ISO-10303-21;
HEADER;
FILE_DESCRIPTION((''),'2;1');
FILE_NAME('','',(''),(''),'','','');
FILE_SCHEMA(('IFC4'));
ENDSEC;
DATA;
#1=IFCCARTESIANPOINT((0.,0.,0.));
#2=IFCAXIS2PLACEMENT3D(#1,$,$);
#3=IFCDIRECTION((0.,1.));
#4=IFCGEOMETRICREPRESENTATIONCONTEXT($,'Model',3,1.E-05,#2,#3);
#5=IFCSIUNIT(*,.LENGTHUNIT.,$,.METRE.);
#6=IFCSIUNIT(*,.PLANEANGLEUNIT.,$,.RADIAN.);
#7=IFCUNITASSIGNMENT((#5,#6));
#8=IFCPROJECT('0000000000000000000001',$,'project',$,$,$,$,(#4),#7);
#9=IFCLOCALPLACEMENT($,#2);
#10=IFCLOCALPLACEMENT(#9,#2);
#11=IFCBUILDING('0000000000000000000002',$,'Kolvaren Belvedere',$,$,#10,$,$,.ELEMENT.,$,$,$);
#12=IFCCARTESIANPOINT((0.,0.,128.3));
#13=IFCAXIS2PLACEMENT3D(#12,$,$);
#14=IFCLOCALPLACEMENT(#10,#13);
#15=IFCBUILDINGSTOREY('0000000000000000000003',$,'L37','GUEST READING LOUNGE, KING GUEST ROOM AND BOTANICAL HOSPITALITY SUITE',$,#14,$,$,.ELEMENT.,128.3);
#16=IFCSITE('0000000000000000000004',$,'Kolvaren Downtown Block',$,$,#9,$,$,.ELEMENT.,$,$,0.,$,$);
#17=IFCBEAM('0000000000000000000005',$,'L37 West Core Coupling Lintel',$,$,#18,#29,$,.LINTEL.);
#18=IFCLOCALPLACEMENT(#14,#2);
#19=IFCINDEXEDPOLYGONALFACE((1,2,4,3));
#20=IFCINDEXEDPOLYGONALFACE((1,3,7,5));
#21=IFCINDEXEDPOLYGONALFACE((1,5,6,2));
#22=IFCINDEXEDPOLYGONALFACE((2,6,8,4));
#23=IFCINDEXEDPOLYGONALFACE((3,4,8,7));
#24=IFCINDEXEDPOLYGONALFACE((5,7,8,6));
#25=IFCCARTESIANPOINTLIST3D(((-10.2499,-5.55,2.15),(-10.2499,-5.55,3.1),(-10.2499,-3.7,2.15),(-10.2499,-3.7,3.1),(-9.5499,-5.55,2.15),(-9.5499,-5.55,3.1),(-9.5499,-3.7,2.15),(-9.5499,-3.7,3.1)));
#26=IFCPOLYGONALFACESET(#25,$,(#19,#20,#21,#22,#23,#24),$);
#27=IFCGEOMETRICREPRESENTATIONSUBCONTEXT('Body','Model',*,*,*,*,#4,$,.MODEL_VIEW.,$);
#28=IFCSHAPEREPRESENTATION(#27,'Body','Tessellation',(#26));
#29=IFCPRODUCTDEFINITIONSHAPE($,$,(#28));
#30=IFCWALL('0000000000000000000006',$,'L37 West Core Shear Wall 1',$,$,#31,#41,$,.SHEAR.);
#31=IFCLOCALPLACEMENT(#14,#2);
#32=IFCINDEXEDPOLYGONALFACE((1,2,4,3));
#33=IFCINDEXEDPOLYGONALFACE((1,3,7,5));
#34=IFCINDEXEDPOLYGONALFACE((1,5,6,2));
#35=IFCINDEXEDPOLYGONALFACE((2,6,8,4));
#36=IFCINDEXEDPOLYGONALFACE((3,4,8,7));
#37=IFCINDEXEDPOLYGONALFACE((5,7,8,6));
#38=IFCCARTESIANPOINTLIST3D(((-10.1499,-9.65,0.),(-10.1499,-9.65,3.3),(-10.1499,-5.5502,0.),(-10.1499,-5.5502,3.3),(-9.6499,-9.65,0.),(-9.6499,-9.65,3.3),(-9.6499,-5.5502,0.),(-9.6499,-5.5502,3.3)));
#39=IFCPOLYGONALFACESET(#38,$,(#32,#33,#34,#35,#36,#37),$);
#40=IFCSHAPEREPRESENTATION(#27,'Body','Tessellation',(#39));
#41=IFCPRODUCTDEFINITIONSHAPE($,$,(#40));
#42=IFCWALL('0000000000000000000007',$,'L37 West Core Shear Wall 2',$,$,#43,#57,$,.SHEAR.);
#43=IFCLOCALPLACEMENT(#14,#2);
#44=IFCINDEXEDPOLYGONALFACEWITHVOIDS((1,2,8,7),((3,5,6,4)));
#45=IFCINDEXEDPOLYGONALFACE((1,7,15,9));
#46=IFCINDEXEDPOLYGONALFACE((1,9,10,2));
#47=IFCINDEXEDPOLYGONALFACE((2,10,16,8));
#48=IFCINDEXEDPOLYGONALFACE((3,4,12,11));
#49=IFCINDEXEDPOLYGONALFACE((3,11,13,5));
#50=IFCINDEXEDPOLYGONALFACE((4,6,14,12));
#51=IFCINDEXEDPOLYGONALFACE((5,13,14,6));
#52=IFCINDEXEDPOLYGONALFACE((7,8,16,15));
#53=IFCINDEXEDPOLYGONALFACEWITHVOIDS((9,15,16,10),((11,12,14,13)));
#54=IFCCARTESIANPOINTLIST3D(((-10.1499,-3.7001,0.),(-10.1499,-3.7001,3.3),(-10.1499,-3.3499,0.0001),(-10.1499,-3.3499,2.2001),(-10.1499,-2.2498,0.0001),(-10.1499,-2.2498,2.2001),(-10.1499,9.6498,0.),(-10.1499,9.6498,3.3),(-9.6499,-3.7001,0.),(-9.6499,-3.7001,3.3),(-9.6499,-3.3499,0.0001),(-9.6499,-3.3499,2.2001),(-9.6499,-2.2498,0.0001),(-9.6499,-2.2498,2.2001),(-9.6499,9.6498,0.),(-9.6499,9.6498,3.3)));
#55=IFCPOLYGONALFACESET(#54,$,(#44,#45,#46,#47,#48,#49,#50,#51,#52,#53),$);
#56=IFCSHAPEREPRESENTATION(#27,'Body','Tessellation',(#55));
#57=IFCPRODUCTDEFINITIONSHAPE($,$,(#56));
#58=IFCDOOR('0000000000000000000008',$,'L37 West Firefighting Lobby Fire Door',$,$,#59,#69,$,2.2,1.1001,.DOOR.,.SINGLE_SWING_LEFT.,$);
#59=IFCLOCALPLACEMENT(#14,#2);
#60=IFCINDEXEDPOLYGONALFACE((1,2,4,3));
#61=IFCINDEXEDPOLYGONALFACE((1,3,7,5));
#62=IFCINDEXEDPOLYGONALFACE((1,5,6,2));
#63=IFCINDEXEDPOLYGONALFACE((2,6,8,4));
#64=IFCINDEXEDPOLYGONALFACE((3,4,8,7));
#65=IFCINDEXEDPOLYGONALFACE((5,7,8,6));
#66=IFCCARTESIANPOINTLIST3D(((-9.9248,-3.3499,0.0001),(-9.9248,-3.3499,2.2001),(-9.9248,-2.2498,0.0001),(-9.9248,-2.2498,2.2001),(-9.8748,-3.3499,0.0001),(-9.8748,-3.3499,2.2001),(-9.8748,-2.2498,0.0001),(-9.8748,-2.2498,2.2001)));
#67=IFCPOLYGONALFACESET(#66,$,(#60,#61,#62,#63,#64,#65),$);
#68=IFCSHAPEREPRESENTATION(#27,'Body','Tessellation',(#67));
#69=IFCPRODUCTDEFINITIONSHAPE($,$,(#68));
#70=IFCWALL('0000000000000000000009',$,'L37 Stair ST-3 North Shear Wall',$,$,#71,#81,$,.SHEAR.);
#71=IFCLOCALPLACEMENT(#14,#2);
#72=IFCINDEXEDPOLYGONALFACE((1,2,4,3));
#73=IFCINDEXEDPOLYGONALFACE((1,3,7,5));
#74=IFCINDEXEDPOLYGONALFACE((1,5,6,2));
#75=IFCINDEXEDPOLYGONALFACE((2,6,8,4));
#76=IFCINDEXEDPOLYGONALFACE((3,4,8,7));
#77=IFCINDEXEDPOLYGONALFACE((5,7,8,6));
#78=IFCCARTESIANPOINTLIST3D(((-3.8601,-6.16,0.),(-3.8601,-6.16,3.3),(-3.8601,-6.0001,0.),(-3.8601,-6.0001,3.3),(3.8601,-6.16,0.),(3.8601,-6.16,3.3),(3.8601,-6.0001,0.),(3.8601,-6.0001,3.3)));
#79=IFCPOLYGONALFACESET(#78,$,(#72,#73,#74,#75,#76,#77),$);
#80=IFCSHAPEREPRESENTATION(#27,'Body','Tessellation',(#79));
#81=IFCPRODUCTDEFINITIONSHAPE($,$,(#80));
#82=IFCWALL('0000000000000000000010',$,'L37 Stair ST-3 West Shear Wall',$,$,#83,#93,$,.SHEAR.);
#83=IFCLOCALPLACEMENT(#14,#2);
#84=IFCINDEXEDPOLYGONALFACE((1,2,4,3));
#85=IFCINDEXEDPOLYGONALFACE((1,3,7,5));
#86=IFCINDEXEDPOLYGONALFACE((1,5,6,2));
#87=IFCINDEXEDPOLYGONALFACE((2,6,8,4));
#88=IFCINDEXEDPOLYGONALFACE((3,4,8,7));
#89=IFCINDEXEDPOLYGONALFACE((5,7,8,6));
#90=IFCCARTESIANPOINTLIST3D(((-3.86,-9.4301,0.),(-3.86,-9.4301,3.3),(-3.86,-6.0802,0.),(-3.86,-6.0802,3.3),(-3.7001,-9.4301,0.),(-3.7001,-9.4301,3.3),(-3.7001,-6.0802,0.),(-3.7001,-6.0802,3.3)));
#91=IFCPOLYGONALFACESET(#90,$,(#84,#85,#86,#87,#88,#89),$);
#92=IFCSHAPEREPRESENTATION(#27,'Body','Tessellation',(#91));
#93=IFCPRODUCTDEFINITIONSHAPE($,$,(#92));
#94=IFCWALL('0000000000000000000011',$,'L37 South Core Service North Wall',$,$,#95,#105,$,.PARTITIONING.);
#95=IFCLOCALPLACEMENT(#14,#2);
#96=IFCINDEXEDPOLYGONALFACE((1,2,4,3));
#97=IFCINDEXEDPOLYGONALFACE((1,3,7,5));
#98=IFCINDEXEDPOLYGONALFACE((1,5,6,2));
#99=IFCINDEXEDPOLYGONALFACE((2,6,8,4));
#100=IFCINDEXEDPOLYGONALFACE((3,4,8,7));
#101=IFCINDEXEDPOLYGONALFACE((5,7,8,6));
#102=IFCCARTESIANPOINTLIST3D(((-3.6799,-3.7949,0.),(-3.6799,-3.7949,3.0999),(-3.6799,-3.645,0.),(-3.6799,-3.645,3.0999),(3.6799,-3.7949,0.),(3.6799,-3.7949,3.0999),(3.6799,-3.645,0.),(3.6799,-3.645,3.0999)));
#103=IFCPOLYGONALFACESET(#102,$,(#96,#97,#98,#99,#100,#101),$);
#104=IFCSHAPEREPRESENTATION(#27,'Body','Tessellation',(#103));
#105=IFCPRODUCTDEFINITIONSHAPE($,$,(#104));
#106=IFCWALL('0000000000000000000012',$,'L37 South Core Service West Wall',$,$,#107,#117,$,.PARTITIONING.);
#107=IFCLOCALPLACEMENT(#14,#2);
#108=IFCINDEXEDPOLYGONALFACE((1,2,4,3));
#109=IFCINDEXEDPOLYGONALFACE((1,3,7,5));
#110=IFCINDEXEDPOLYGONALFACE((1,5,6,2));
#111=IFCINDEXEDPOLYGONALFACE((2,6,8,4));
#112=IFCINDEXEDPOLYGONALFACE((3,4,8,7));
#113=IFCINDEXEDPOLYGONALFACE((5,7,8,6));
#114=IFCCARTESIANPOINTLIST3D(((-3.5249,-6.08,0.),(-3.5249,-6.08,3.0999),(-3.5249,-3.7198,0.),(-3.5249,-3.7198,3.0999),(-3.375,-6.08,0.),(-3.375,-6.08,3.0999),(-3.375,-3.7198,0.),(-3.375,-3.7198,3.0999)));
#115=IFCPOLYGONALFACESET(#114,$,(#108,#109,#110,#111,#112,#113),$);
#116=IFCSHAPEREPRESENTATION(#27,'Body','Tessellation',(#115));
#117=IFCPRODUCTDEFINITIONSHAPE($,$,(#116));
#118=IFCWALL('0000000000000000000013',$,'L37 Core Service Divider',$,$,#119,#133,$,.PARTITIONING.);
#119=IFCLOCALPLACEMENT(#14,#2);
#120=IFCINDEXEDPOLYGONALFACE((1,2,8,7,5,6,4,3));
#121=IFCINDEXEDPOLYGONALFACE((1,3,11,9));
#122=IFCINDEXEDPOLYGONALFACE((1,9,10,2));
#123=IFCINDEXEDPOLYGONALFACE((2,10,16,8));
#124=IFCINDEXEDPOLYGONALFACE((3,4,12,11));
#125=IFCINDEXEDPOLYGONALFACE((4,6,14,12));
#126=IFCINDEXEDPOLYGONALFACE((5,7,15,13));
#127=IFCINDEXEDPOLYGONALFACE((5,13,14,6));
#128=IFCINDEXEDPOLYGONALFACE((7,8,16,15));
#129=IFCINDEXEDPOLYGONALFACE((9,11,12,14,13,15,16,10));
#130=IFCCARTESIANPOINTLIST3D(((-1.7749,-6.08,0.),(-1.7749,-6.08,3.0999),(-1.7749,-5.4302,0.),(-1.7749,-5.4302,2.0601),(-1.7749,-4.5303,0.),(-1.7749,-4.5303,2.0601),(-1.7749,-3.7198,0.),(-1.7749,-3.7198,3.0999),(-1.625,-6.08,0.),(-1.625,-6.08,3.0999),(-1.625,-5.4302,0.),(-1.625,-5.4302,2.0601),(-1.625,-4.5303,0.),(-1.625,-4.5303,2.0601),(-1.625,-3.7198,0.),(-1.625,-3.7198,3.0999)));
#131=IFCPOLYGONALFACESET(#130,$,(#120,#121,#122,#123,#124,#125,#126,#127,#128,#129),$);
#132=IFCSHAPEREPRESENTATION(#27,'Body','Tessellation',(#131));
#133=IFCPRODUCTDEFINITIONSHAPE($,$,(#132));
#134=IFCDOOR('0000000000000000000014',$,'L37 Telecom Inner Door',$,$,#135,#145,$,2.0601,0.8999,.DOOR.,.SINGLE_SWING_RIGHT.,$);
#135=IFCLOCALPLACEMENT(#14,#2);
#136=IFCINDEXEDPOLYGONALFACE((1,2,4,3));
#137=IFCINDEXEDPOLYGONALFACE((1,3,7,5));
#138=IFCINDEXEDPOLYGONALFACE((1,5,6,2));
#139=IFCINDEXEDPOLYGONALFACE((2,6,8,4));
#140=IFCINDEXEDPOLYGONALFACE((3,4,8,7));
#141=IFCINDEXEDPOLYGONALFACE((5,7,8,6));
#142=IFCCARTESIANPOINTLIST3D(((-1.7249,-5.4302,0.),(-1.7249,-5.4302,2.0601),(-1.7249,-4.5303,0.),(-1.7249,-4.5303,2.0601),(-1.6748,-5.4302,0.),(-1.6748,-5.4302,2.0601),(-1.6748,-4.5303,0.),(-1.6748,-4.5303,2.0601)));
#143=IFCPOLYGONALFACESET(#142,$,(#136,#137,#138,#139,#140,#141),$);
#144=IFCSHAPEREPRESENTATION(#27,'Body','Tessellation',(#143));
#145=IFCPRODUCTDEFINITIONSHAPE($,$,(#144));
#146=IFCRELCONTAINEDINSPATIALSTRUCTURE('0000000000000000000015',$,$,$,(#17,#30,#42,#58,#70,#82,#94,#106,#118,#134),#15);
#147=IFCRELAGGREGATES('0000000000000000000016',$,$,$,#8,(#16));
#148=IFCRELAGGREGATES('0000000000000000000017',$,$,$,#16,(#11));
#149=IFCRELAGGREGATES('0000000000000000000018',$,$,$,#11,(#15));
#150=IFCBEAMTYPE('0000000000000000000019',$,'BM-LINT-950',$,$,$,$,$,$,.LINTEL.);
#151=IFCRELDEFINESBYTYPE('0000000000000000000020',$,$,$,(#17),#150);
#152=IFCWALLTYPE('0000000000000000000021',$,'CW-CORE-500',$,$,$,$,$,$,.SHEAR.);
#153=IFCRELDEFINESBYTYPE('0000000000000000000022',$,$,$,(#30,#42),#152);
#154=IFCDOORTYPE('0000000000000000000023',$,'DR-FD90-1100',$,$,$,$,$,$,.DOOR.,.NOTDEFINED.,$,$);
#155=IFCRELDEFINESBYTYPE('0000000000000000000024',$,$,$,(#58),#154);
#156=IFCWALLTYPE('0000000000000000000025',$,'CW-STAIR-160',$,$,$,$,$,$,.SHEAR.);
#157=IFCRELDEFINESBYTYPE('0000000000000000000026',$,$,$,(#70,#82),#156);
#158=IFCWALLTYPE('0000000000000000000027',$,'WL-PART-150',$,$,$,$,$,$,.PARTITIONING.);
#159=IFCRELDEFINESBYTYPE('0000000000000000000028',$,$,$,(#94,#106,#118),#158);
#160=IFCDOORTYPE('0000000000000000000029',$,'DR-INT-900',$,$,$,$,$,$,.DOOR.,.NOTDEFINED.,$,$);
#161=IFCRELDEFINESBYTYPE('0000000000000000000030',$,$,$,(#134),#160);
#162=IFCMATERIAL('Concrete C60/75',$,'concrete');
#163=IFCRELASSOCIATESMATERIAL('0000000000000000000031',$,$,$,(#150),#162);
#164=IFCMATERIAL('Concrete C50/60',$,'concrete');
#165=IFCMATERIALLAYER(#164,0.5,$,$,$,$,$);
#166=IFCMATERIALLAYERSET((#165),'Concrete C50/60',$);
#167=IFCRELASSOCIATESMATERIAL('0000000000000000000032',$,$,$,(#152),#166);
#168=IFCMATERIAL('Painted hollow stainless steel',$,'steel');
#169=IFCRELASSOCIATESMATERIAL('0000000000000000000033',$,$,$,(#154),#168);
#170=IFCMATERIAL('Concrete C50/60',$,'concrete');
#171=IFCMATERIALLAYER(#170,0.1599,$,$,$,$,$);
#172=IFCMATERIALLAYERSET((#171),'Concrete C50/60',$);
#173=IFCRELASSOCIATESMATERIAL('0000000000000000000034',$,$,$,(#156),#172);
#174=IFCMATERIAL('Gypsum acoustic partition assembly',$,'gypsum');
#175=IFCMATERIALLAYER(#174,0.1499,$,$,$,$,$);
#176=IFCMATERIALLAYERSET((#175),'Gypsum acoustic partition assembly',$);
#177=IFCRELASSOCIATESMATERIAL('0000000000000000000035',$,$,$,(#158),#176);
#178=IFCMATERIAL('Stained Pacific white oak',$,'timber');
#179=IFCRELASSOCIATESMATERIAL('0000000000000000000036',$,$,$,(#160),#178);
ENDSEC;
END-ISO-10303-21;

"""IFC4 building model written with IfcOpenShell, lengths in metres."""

from ifc_helpers import new_model, si_unit, direction, frame, frame_2d, origin, origin_2d, place, context, subcontext, project, spatial, rectangle, extrude, material, layer, layer_set, material_profile, profile_set, type_object, element, fill, save


model = new_model("IFC4")

# Units and contexts
model_context = context("Model", 3, precision=1e-05, world=origin(), true_north=direction((0.0, 1.0)))
body_context = subcontext(model_context, "Body", "Model", "MODEL_VIEW")
ifc_project = project(units=[si_unit("LENGTHUNIT", "METRE"), si_unit("PLANEANGLEUNIT", "RADIAN")], contexts=[model_context])

# Site, building, storey
site_placement = place(None, origin())
site = spatial("IfcSite", under=ifc_project, at=site_placement, Name="Kolvaren Downtown Block", CompositionType="ELEMENT", RefElevation=0.0)
building_placement = place(site_placement, origin())
building = spatial("IfcBuilding", under=site, at=building_placement, Name="Kolvaren Belvedere", CompositionType="ELEMENT")
storey_placement = place(building_placement, frame((0.0, 0.0, 128.3)))
storey = spatial("IfcBuildingStorey", under=building, at=storey_placement, Name="L37", Description="GUEST READING LOUNGE, KING GUEST ROOM AND BOTANICAL HOSPITALITY SUITE", CompositionType="ELEMENT", Elevation=128.3)

# Beam
ifc_material_1 = material(Name="Concrete C60/75", Category="concrete")
ifc_material_profile_1 = material_profile(ifc_material_1, rectangle(XDim=0.7, YDim=0.95, at=origin_2d()), Name="RC 700X950")
ifc_profile_set_1 = profile_set([ifc_material_profile_1], Name="Concrete C60/75")
beam_type_1 = type_object("IfcBeamType", Name="BM-LINT-950", PredefinedType="LINTEL", material=ifc_profile_set_1)
beam_1_placement = place(storey_placement, frame((-9.8999, -5.55, 2.625), z_axis=(0.0, 1.0, 0.0), x_axis=(-1.0, 0.0, 0.0)))
element("IfcBeam", 1, at=beam_1_placement, inside=storey, type_object=beam_type_1, Name="L37 West Core Coupling Lintel", PredefinedType="LINTEL", context=body_context, shape_type="SweptSolid", body=[
    extrude(rectangle(XDim=0.7, YDim=0.95, at=origin_2d()), origin(), (0.0, 0.0, 1.0), 1.8501),
])

# Wall
ifc_material_2 = material(Name="Concrete C50/60", Category="concrete")
ifc_layer_1 = layer(ifc_material_2, 0.5)
ifc_layer_set_1 = layer_set([ifc_layer_1], Name="Concrete C50/60")
wall_type_1 = type_object("IfcWallType", Name="CW-CORE-500", PredefinedType="SHEAR", material=ifc_layer_set_1)
wall_1_placement = place(storey_placement, frame((-9.8999, -9.6499, 0.0), z_axis=(0.0, 0.0, 1.0), x_axis=(0.0, 1.0, 0.0)))
element("IfcWall", 2, at=wall_1_placement, inside=storey, type_object=wall_type_1, Name="L37 West Core Shear Wall 1", PredefinedType="SHEAR", context=body_context, shape_type="SweptSolid", body=[
    extrude(rectangle(XDim=4.0999, YDim=0.5, at=frame_2d((2.0498, 0.0))), origin(), (0.0, 0.0, 1.0), 3.3),
])

# Wall, opening, door
wall_2_placement = place(storey_placement, frame((-9.8999, -3.7, 0.0), z_axis=(0.0, 0.0, 1.0), x_axis=(0.0, 1.0, 0.0)))
wall_2 = element("IfcWall", 3, at=wall_2_placement, inside=storey, type_object=wall_type_1, Name="L37 West Core Shear Wall 2", PredefinedType="SHEAR", context=body_context, shape_type="SweptSolid", body=[
    extrude(rectangle(XDim=13.3499, YDim=0.5, at=frame_2d((6.6748, 0.0))), origin(), (0.0, 0.0, 1.0), 3.3),
])
opening_1_placement = place(wall_2_placement, frame((0.3501, 0.0, 0.0)))
opening_1 = element("IfcOpeningElement", 4, at=opening_1_placement, cuts=wall_2, PredefinedType="OPENING", context=body_context, shape_type="SweptSolid", body=[
    extrude(rectangle(XDim=1.1001, YDim=2.2, at=frame_2d((0.55, 1.1001))), frame((0.0, 0.26, 0.0), z_axis=(0.0, -1.0, 0.0), x_axis=(1.0, 0.0, 0.0)), (0.0, 0.0, 1.0), 0.52),
])
ifc_material_3 = material(Name="Painted hollow stainless steel", Category="steel")
door_type_1 = type_object("IfcDoorType", Name="DR-FD90-1100", OperationType="NOTDEFINED", PredefinedType="DOOR", material=ifc_material_3)
door_1_placement = place(opening_1_placement, origin())
door_1 = element("IfcDoor", 5, at=door_1_placement, inside=storey, type_object=door_type_1, Name="L37 West Firefighting Lobby Fire Door", OperationType="SINGLE_SWING_LEFT", OverallHeight=2.2, OverallWidth=1.1001, PredefinedType="DOOR", context=body_context, shape_type="SweptSolid", body=[
    extrude(rectangle(XDim=1.1001, YDim=2.2, at=frame_2d((0.55, 1.1001))), frame((0.0, 0.0249, 0.0), z_axis=(0.0, -1.0, 0.0), x_axis=(1.0, 0.0, 0.0)), (0.0, 0.0, 1.0), 0.05),
])
fill(opening_1, door_1)

# Walls
ifc_material_4 = material(Name="Concrete C50/60", Category="concrete")
ifc_layer_2 = layer(ifc_material_4, 0.1599)
ifc_layer_set_2 = layer_set([ifc_layer_2], Name="Concrete C50/60")
wall_type_2 = type_object("IfcWallType", Name="CW-STAIR-160", PredefinedType="SHEAR", material=ifc_layer_set_2)
wall_3_placement = place(storey_placement, frame((-3.8601, -6.0801, 0.0), z_axis=(0.0, 0.0, 1.0), x_axis=(1.0, 0.0, 0.0)))
element("IfcWall", 6, at=wall_3_placement, inside=storey, type_object=wall_type_2, Name="L37 Stair ST-3 North Shear Wall", PredefinedType="SHEAR", context=body_context, shape_type="SweptSolid", body=[
    extrude(rectangle(XDim=7.7202, YDim=0.1599, at=frame_2d((3.8601, 0.0))), origin(), (0.0, 0.0, 1.0), 3.3),
])
wall_4_placement = place(storey_placement, frame((-3.78, -9.4299, 0.0), z_axis=(0.0, 0.0, 1.0), x_axis=(0.0, 1.0, 0.0)))
element("IfcWall", 7, at=wall_4_placement, inside=storey, type_object=wall_type_2, Name="L37 Stair ST-3 West Shear Wall", PredefinedType="SHEAR", context=body_context, shape_type="SweptSolid", body=[
    extrude(rectangle(XDim=3.3499, YDim=0.1599, at=frame_2d((1.6748, 0.0))), origin(), (0.0, 0.0, 1.0), 3.3),
])
ifc_material_5 = material(Name="Gypsum acoustic partition assembly", Category="gypsum")
ifc_layer_3 = layer(ifc_material_5, 0.1499)
ifc_layer_set_3 = layer_set([ifc_layer_3], Name="Gypsum acoustic partition assembly")
wall_type_3 = type_object("IfcWallType", Name="WL-PART-150", PredefinedType="PARTITIONING", material=ifc_layer_set_3)
wall_5_placement = place(storey_placement, frame((-3.6799, -3.72, 0.0), z_axis=(0.0, 0.0, 1.0), x_axis=(1.0, 0.0, 0.0)))
element("IfcWall", 8, at=wall_5_placement, inside=storey, type_object=wall_type_3, Name="L37 South Core Service North Wall", PredefinedType="PARTITIONING", context=body_context, shape_type="SweptSolid", body=[
    extrude(rectangle(XDim=7.3599, YDim=0.1499, at=frame_2d((3.6799, 0.0))), origin(), (0.0, 0.0, 1.0), 3.0999),
])
wall_6_placement = place(storey_placement, frame((-3.45, -6.0801, 0.0), z_axis=(0.0, 0.0, 1.0), x_axis=(0.0, 1.0, 0.0)))
element("IfcWall", 9, at=wall_6_placement, inside=storey, type_object=wall_type_3, Name="L37 South Core Service West Wall", PredefinedType="PARTITIONING", context=body_context, shape_type="SweptSolid", body=[
    extrude(rectangle(XDim=2.3601, YDim=0.1499, at=frame_2d((1.1802, 0.0))), origin(), (0.0, 0.0, 1.0), 3.0999),
])

# Wall, opening, door
wall_7_placement = place(storey_placement, frame((-1.7, -6.0801, 0.0), z_axis=(0.0, 0.0, 1.0), x_axis=(0.0, 1.0, 0.0)))
wall_7 = element("IfcWall", 10, at=wall_7_placement, inside=storey, type_object=wall_type_3, Name="L37 Core Service Divider", PredefinedType="PARTITIONING", context=body_context, shape_type="SweptSolid", body=[
    extrude(rectangle(XDim=2.3601, YDim=0.1499, at=frame_2d((1.1802, 0.0))), origin(), (0.0, 0.0, 1.0), 3.0999),
])
opening_2_placement = place(wall_7_placement, frame((0.6499, 0.0, 0.0)))
opening_2 = element("IfcOpeningElement", 11, at=opening_2_placement, cuts=wall_7, PredefinedType="OPENING", context=body_context, shape_type="SweptSolid", body=[
    extrude(rectangle(XDim=0.8999, YDim=2.0601, at=frame_2d((0.45, 1.03))), frame((0.0, 0.085, 0.0), z_axis=(0.0, -1.0, 0.0), x_axis=(1.0, 0.0, 0.0)), (0.0, 0.0, 1.0), 0.1699),
])
ifc_material_6 = material(Name="Stained Pacific white oak", Category="timber")
door_type_2 = type_object("IfcDoorType", Name="DR-INT-900", OperationType="NOTDEFINED", PredefinedType="DOOR", material=ifc_material_6)
door_2_placement = place(opening_2_placement, origin())
door_2 = element("IfcDoor", 12, at=door_2_placement, inside=storey, type_object=door_type_2, Name="L37 Telecom Inner Door", OperationType="SINGLE_SWING_RIGHT", OverallHeight=2.0601, OverallWidth=0.8999, PredefinedType="DOOR", context=body_context, shape_type="SweptSolid", body=[
    extrude(rectangle(XDim=0.8999, YDim=2.0601, at=frame_2d((0.45, 1.03))), frame((0.0, 0.0249, 0.0), z_axis=(0.0, -1.0, 0.0), x_axis=(1.0, 0.0, 0.0)), (0.0, 0.0, 1.0), 0.05),
])
fill(opening_2, door_2)

save(model, "model.ifc")
